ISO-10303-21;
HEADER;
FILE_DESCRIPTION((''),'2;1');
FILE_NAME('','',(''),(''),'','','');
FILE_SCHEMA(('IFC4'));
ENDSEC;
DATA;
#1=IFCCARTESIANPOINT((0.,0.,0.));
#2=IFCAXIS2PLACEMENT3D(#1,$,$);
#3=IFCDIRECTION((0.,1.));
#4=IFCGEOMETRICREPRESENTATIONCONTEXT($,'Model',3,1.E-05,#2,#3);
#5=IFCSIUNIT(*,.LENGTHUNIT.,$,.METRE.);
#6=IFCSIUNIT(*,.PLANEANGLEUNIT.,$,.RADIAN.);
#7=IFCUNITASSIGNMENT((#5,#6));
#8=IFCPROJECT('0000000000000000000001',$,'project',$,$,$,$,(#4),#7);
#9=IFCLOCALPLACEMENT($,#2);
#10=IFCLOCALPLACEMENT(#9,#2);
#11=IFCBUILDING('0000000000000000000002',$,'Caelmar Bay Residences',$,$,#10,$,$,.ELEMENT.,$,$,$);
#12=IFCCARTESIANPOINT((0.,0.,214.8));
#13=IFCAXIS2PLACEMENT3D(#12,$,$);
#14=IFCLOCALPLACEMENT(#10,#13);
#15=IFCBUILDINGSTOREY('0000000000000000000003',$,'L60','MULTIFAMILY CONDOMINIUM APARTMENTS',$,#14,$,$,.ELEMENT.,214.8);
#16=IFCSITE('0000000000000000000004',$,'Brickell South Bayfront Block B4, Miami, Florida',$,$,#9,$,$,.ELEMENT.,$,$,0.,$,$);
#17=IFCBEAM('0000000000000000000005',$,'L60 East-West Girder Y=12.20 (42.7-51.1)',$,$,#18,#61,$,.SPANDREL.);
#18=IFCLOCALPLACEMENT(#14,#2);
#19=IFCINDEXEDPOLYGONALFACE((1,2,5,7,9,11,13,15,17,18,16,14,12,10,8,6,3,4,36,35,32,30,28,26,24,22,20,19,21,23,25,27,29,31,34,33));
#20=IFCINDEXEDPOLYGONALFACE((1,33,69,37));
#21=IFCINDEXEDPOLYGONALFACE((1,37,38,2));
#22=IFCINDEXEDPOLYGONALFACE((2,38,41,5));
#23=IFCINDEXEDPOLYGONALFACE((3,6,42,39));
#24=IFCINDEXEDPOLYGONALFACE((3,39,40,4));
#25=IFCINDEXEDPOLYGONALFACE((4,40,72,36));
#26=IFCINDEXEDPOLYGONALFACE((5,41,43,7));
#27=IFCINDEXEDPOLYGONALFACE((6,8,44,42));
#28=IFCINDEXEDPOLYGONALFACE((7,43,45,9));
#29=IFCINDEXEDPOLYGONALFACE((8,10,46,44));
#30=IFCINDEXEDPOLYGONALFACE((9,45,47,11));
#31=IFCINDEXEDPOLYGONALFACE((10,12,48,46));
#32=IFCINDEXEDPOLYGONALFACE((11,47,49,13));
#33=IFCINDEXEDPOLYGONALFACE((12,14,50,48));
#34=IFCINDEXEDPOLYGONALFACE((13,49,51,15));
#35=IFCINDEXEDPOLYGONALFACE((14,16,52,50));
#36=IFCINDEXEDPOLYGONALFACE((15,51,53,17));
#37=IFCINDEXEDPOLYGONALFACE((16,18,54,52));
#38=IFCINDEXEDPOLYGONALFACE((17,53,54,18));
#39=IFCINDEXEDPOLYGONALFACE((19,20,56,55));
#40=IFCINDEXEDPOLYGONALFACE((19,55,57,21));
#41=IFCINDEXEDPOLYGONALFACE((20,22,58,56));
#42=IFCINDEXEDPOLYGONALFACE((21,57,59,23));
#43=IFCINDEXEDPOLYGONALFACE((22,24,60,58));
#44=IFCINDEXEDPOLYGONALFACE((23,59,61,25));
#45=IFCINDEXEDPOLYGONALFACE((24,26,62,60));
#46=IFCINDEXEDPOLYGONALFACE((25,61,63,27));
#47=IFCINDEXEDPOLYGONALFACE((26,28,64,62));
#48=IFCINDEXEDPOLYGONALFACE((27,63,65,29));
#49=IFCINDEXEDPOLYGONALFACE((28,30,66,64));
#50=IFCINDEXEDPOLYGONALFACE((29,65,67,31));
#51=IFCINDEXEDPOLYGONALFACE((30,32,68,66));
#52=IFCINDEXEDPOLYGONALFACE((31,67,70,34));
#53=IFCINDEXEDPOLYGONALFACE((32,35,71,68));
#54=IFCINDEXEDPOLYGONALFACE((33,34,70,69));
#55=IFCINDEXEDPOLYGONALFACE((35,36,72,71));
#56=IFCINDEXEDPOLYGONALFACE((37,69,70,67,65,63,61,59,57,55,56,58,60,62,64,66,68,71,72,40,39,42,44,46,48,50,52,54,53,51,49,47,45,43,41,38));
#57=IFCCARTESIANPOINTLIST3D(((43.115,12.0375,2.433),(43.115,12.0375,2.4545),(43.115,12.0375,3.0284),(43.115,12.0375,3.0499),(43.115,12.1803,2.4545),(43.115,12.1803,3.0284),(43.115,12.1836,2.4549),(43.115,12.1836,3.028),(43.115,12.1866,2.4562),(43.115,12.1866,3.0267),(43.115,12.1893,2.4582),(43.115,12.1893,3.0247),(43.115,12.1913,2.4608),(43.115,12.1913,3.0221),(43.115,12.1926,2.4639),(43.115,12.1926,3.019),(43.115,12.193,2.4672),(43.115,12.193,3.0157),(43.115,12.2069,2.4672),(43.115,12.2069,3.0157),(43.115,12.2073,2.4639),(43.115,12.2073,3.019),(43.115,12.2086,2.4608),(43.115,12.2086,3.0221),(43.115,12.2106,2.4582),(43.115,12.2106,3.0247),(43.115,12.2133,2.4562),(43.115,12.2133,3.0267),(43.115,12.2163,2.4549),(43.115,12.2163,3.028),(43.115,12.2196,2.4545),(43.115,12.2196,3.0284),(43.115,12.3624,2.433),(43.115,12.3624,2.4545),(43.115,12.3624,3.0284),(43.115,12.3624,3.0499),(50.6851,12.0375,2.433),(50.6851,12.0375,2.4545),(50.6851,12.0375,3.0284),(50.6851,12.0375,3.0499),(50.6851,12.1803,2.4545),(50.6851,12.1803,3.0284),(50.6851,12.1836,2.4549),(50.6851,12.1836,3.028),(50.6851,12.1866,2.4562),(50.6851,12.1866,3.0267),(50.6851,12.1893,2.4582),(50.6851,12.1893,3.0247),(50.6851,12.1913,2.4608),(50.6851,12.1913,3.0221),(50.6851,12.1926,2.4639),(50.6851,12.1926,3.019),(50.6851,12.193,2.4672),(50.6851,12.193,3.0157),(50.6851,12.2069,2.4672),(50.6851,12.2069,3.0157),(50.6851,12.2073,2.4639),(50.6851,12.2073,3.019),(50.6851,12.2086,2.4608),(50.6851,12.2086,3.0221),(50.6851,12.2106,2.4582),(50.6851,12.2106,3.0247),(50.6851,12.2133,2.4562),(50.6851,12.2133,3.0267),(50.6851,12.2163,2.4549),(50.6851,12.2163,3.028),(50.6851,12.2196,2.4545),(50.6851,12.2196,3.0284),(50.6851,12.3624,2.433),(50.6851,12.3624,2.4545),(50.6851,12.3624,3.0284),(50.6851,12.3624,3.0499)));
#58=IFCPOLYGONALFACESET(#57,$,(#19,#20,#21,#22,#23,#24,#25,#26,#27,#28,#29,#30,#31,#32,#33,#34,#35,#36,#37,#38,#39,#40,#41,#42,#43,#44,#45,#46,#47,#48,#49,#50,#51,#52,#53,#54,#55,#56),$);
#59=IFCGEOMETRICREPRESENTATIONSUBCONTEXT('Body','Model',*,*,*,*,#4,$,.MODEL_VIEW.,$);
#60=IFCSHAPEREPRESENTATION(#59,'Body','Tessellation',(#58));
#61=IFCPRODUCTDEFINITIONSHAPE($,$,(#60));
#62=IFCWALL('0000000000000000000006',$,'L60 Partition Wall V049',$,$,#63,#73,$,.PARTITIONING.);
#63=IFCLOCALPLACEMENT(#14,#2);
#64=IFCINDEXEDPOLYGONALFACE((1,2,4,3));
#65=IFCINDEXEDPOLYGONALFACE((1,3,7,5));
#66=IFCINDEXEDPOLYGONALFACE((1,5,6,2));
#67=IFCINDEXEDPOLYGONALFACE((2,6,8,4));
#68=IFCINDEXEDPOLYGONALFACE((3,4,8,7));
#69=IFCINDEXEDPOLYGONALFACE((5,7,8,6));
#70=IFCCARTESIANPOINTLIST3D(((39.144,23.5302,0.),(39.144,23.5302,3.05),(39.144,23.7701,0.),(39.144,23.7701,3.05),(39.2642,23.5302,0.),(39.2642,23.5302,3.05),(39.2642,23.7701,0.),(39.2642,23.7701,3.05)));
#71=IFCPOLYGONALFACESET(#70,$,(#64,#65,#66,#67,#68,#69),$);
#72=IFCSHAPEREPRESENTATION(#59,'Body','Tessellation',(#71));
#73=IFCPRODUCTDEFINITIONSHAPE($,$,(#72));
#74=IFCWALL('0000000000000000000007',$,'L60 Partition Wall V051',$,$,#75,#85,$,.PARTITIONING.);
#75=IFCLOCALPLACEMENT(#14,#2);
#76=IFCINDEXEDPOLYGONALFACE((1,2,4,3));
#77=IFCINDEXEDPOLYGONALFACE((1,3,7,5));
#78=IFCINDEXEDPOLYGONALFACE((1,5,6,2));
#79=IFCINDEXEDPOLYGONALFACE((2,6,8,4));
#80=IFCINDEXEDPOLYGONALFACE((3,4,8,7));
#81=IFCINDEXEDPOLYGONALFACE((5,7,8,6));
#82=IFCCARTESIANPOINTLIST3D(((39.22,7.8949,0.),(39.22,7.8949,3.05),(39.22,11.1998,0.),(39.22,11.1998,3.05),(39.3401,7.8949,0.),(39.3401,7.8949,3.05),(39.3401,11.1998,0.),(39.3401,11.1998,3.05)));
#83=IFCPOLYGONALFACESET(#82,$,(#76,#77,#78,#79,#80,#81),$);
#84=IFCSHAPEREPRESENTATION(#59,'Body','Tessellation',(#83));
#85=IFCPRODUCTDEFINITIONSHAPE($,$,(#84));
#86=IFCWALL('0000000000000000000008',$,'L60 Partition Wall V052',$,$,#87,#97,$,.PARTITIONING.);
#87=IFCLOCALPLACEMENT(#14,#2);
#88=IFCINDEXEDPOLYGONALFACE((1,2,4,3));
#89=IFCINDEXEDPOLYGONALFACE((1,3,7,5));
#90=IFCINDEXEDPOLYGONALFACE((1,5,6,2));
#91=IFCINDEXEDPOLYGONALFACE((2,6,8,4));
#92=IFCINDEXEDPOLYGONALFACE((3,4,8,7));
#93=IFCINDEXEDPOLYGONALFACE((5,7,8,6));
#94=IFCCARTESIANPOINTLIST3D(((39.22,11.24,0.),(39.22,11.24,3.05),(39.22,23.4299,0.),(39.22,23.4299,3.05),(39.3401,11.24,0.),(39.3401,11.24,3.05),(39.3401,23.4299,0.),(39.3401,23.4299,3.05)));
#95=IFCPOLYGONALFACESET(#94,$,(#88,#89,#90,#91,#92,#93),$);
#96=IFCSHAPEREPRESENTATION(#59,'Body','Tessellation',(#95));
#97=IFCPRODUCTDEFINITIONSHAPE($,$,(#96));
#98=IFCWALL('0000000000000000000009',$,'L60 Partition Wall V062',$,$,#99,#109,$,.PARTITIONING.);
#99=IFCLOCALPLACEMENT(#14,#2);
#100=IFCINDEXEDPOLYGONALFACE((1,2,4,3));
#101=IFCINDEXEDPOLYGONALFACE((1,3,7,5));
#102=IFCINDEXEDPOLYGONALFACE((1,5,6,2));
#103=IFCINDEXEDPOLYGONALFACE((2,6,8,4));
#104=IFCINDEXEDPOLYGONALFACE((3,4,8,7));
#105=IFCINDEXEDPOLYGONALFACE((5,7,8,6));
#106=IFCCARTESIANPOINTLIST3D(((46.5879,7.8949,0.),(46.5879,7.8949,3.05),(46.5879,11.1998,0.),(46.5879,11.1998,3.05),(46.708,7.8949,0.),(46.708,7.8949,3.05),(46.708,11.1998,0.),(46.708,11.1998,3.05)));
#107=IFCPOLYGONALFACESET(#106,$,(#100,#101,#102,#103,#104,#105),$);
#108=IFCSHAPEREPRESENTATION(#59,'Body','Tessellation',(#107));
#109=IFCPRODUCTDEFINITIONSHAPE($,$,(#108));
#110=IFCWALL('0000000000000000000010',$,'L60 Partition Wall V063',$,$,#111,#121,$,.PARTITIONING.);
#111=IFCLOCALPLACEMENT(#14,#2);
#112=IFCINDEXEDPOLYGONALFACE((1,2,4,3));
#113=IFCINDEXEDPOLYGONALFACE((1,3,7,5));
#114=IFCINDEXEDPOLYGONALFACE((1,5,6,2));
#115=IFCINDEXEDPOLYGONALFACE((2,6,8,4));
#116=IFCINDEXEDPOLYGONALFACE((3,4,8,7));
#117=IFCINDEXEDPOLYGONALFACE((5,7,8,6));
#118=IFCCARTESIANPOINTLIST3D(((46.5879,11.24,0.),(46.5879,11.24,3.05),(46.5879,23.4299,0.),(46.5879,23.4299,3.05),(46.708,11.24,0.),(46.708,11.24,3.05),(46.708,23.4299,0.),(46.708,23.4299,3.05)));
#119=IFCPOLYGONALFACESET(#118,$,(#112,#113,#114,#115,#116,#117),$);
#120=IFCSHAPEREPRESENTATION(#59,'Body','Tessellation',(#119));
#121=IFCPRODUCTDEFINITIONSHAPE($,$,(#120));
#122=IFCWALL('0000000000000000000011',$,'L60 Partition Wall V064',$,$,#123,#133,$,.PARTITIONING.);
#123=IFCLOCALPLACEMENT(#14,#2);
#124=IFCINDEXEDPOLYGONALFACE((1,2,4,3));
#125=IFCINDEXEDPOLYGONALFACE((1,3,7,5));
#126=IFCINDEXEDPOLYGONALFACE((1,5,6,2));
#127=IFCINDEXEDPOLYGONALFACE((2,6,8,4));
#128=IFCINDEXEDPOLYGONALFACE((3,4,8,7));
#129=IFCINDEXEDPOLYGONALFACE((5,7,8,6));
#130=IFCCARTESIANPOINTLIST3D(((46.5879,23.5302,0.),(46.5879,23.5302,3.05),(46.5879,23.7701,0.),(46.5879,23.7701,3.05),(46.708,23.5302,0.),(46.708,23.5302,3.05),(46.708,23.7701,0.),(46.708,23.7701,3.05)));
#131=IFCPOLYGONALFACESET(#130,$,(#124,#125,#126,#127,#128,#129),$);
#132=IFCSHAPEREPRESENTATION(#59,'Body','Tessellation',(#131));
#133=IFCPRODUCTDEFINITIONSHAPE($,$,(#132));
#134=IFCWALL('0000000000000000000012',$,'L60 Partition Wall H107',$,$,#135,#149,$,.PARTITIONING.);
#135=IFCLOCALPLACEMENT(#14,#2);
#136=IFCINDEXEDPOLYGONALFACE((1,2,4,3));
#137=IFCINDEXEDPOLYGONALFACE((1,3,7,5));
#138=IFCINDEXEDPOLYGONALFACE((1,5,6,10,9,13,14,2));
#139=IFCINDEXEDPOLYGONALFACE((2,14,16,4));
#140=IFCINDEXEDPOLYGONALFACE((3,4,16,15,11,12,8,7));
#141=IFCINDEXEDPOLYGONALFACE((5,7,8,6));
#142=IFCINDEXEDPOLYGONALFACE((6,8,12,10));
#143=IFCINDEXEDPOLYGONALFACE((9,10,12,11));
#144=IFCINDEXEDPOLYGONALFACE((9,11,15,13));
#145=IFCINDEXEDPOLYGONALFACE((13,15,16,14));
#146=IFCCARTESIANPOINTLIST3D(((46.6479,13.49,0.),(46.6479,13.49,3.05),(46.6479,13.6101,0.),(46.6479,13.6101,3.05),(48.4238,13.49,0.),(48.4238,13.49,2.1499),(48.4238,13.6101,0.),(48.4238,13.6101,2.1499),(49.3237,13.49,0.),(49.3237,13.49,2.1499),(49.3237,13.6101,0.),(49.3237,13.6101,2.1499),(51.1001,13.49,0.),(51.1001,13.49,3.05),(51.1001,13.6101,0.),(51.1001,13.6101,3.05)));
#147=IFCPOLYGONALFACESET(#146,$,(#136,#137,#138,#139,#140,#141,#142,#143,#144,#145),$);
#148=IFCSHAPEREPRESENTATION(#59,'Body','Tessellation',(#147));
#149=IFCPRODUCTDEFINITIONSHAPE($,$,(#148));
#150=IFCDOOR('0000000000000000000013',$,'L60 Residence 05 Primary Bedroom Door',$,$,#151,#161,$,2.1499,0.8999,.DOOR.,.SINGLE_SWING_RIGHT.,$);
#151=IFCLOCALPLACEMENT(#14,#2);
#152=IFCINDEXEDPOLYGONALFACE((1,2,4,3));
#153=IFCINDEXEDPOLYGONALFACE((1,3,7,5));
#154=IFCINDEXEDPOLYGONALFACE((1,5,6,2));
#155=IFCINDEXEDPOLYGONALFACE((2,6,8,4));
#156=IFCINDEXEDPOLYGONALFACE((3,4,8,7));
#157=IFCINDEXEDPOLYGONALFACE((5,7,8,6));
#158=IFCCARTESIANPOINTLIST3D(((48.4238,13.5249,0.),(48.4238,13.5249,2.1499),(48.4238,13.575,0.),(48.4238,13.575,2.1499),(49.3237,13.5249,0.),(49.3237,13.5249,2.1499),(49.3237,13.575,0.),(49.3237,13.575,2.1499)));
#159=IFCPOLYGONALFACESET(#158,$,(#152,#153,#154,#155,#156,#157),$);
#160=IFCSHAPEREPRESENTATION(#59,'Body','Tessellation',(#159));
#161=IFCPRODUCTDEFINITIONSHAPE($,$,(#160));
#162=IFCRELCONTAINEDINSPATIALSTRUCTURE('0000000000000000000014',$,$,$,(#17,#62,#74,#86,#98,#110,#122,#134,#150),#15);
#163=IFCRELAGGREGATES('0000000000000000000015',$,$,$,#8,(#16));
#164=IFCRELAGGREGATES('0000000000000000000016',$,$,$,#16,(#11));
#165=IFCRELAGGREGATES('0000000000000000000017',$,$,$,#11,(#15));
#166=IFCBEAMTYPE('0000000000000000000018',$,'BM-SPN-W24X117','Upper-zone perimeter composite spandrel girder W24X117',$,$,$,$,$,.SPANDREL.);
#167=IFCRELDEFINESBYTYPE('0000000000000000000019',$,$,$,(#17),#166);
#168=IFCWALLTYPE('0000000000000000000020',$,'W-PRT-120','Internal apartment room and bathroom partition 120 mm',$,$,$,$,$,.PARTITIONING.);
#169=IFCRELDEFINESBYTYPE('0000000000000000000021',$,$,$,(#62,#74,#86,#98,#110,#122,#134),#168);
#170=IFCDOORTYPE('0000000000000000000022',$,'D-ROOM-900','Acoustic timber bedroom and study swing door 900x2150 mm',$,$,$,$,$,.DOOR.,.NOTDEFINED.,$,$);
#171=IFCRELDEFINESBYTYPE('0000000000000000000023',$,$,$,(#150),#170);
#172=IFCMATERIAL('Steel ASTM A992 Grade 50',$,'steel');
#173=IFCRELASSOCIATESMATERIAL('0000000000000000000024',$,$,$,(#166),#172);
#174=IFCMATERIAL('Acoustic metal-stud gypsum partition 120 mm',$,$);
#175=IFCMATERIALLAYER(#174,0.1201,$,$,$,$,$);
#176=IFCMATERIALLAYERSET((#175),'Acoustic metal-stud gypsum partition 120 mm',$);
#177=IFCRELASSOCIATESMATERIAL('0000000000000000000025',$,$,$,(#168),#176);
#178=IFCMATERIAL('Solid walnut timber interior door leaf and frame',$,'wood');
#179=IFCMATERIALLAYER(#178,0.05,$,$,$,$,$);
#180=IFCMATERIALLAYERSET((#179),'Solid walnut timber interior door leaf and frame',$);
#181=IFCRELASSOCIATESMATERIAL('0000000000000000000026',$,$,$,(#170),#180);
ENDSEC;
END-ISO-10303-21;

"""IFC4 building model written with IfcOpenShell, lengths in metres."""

from ifc_helpers import new_model, si_unit, direction, frame, frame_2d, origin, origin_2d, place, context, subcontext, project, spatial, rectangle, i_section, extrude, material, layer, layer_set, material_profile, profile_set, type_object, element, fill, save


model = new_model("IFC4")

# Units and contexts
model_context = context("Model", 3, precision=1e-05, world=origin(), true_north=direction((0.0, 1.0)))
body_context = subcontext(model_context, "Body", "Model", "MODEL_VIEW")
ifc_project = project(units=[si_unit("LENGTHUNIT", "METRE"), si_unit("PLANEANGLEUNIT", "RADIAN")], contexts=[model_context])

# Site, building, storey
site_placement = place(None, origin())
site = spatial("IfcSite", under=ifc_project, at=site_placement, Name="Brickell South Bayfront Block B4, Miami, Florida", CompositionType="ELEMENT", RefElevation=0.0)
building_placement = place(site_placement, origin())
building = spatial("IfcBuilding", under=site, at=building_placement, Name="Caelmar Bay Residences", CompositionType="ELEMENT")
storey_placement = place(building_placement, frame((0.0, 0.0, 214.8)))
storey = spatial("IfcBuildingStorey", under=building, at=storey_placement, Name="L60", Description="MULTIFAMILY CONDOMINIUM APARTMENTS", CompositionType="ELEMENT", Elevation=214.8)

# Beam
ifc_material_1 = material(Name="Steel ASTM A992 Grade 50", Category="steel")
ifc_material_profile_1 = material_profile(ifc_material_1, i_section(OverallWidth=0.325, OverallDepth=0.6169, WebThickness=0.0139, FlangeThickness=0.0215, FilletRadius=0.0127, at=origin_2d()), Name="W24X117")
ifc_profile_set_1 = profile_set([ifc_material_profile_1], Name="Steel ASTM A992 Grade 50")
beam_type_1 = type_object("IfcBeamType", Name="BM-SPN-W24X117", Description="Upper-zone perimeter composite spandrel girder W24X117", PredefinedType="SPANDREL", material=ifc_profile_set_1)
beam_1_placement = place(storey_placement, frame((43.115, 12.2, 2.7415), z_axis=(1.0, 0.0, 0.0), x_axis=(0.0, 1.0, 0.0)))
element("IfcBeam", 1, at=beam_1_placement, inside=storey, type_object=beam_type_1, Name="L60 East-West Girder Y=12.20 (42.7-51.1)", PredefinedType="SPANDREL", context=body_context, shape_type="SweptSolid", body=[
    extrude(i_section(OverallWidth=0.325, OverallDepth=0.6169, WebThickness=0.0139, FlangeThickness=0.0215, FilletRadius=0.0127, at=origin_2d()), origin(), (0.0, 0.0, 1.0), 7.5701),
])

# Walls
ifc_material_2 = material(Name="Acoustic metal-stud gypsum partition 120 mm")
ifc_layer_1 = layer(ifc_material_2, 0.1201)
ifc_layer_set_1 = layer_set([ifc_layer_1], Name="Acoustic metal-stud gypsum partition 120 mm")
wall_type_1 = type_object("IfcWallType", Name="W-PRT-120", Description="Internal apartment room and bathroom partition 120 mm", PredefinedType="PARTITIONING", material=ifc_layer_set_1)
wall_1_placement = place(storey_placement, frame((39.2041, 23.53, 0.0), z_axis=(0.0, 0.0, 1.0), x_axis=(0.0, 1.0, 0.0)))
element("IfcWall", 2, at=wall_1_placement, inside=storey, type_object=wall_type_1, Name="L60 Partition Wall V049", PredefinedType="PARTITIONING", context=body_context, shape_type="SweptSolid", body=[
    extrude(rectangle(XDim=0.24, YDim=0.1201, at=frame_2d((0.1201, 0.0))), origin(), (0.0, 0.0, 1.0), 3.05),
])
wall_2_placement = place(storey_placement, frame((39.28, 7.895, 0.0), z_axis=(0.0, 0.0, 1.0), x_axis=(0.0, 1.0, 0.0)))
element("IfcWall", 3, at=wall_2_placement, inside=storey, type_object=wall_type_1, Name="L60 Partition Wall V051", PredefinedType="PARTITIONING", context=body_context, shape_type="SweptSolid", body=[
    extrude(rectangle(XDim=3.3049, YDim=0.1201, at=frame_2d((1.6523, 0.0))), origin(), (0.0, 0.0, 1.0), 3.05),
])
wall_3_placement = place(storey_placement, frame((39.28, 11.24, 0.0), z_axis=(0.0, 0.0, 1.0), x_axis=(0.0, 1.0, 0.0)))
element("IfcWall", 4, at=wall_3_placement, inside=storey, type_object=wall_type_1, Name="L60 Partition Wall V052", PredefinedType="PARTITIONING", context=body_context, shape_type="SweptSolid", body=[
    extrude(rectangle(XDim=12.1899, YDim=0.1201, at=frame_2d((6.095, 0.0))), origin(), (0.0, 0.0, 1.0), 3.05),
])
wall_4_placement = place(storey_placement, frame((46.6479, 7.895, 0.0), z_axis=(0.0, 0.0, 1.0), x_axis=(0.0, 1.0, 0.0)))
element("IfcWall", 5, at=wall_4_placement, inside=storey, type_object=wall_type_1, Name="L60 Partition Wall V062", PredefinedType="PARTITIONING", context=body_context, shape_type="SweptSolid", body=[
    extrude(rectangle(XDim=3.3049, YDim=0.1201, at=frame_2d((1.6523, 0.0))), origin(), (0.0, 0.0, 1.0), 3.05),
])
wall_5_placement = place(storey_placement, frame((46.6479, 11.24, 0.0), z_axis=(0.0, 0.0, 1.0), x_axis=(0.0, 1.0, 0.0)))
element("IfcWall", 6, at=wall_5_placement, inside=storey, type_object=wall_type_1, Name="L60 Partition Wall V063", PredefinedType="PARTITIONING", context=body_context, shape_type="SweptSolid", body=[
    extrude(rectangle(XDim=12.1899, YDim=0.1201, at=frame_2d((6.095, 0.0))), origin(), (0.0, 0.0, 1.0), 3.05),
])
wall_6_placement = place(storey_placement, frame((46.6479, 23.53, 0.0), z_axis=(0.0, 0.0, 1.0), x_axis=(0.0, 1.0, 0.0)))
element("IfcWall", 7, at=wall_6_placement, inside=storey, type_object=wall_type_1, Name="L60 Partition Wall V064", PredefinedType="PARTITIONING", context=body_context, shape_type="SweptSolid", body=[
    extrude(rectangle(XDim=0.24, YDim=0.1201, at=frame_2d((0.1201, 0.0))), origin(), (0.0, 0.0, 1.0), 3.05),
])

# Wall, opening, door
wall_7_placement = place(storey_placement, frame((46.6479, 13.55, 0.0), z_axis=(0.0, 0.0, 1.0), x_axis=(1.0, 0.0, 0.0)))
wall_7 = element("IfcWall", 8, at=wall_7_placement, inside=storey, type_object=wall_type_1, Name="L60 Partition Wall H107", PredefinedType="PARTITIONING", context=body_context, shape_type="SweptSolid", body=[
    extrude(rectangle(XDim=4.4521, YDim=0.1201, at=frame_2d((2.2261, 0.0))), origin(), (0.0, 0.0, 1.0), 3.05),
])
opening_1_placement = place(wall_7_placement, frame((1.7759, 0.0, 0.0)))
opening_1 = element("IfcOpeningElement", 9, at=opening_1_placement, cuts=wall_7, PredefinedType="OPENING", context=body_context, shape_type="SweptSolid", body=[
    extrude(rectangle(XDim=0.8999, YDim=2.1499, at=frame_2d((0.45, 1.075))), frame((0.0, 0.0701, 0.0), z_axis=(0.0, -1.0, 0.0), x_axis=(1.0, 0.0, 0.0)), (0.0, 0.0, 1.0), 0.1401),
])
ifc_material_3 = material(Name="Solid walnut timber interior door leaf and frame", Category="wood")
ifc_layer_2 = layer(ifc_material_3, 0.05)
ifc_layer_set_2 = layer_set([ifc_layer_2], Name="Solid walnut timber interior door leaf and frame")
door_type = type_object("IfcDoorType", Name="D-ROOM-900", Description="Acoustic timber bedroom and study swing door 900x2150 mm", OperationType="NOTDEFINED", PredefinedType="DOOR", material=ifc_layer_set_2)
door_1_placement = place(opening_1_placement, origin())
door_1 = element("IfcDoor", 10, at=door_1_placement, inside=storey, type_object=door_type, Name="L60 Residence 05 Primary Bedroom Door", OperationType="SINGLE_SWING_RIGHT", OverallHeight=2.1499, OverallWidth=0.8999, PredefinedType="DOOR", context=body_context, shape_type="SweptSolid", body=[
    extrude(rectangle(XDim=0.8999, YDim=2.1499, at=frame_2d((0.45, 1.075))), frame((0.0, 0.0249, 0.0), z_axis=(0.0, -1.0, 0.0), x_axis=(1.0, 0.0, 0.0)), (0.0, 0.0, 1.0), 0.05),
])
fill(opening_1, door_1)

save(model, "model.ifc")
